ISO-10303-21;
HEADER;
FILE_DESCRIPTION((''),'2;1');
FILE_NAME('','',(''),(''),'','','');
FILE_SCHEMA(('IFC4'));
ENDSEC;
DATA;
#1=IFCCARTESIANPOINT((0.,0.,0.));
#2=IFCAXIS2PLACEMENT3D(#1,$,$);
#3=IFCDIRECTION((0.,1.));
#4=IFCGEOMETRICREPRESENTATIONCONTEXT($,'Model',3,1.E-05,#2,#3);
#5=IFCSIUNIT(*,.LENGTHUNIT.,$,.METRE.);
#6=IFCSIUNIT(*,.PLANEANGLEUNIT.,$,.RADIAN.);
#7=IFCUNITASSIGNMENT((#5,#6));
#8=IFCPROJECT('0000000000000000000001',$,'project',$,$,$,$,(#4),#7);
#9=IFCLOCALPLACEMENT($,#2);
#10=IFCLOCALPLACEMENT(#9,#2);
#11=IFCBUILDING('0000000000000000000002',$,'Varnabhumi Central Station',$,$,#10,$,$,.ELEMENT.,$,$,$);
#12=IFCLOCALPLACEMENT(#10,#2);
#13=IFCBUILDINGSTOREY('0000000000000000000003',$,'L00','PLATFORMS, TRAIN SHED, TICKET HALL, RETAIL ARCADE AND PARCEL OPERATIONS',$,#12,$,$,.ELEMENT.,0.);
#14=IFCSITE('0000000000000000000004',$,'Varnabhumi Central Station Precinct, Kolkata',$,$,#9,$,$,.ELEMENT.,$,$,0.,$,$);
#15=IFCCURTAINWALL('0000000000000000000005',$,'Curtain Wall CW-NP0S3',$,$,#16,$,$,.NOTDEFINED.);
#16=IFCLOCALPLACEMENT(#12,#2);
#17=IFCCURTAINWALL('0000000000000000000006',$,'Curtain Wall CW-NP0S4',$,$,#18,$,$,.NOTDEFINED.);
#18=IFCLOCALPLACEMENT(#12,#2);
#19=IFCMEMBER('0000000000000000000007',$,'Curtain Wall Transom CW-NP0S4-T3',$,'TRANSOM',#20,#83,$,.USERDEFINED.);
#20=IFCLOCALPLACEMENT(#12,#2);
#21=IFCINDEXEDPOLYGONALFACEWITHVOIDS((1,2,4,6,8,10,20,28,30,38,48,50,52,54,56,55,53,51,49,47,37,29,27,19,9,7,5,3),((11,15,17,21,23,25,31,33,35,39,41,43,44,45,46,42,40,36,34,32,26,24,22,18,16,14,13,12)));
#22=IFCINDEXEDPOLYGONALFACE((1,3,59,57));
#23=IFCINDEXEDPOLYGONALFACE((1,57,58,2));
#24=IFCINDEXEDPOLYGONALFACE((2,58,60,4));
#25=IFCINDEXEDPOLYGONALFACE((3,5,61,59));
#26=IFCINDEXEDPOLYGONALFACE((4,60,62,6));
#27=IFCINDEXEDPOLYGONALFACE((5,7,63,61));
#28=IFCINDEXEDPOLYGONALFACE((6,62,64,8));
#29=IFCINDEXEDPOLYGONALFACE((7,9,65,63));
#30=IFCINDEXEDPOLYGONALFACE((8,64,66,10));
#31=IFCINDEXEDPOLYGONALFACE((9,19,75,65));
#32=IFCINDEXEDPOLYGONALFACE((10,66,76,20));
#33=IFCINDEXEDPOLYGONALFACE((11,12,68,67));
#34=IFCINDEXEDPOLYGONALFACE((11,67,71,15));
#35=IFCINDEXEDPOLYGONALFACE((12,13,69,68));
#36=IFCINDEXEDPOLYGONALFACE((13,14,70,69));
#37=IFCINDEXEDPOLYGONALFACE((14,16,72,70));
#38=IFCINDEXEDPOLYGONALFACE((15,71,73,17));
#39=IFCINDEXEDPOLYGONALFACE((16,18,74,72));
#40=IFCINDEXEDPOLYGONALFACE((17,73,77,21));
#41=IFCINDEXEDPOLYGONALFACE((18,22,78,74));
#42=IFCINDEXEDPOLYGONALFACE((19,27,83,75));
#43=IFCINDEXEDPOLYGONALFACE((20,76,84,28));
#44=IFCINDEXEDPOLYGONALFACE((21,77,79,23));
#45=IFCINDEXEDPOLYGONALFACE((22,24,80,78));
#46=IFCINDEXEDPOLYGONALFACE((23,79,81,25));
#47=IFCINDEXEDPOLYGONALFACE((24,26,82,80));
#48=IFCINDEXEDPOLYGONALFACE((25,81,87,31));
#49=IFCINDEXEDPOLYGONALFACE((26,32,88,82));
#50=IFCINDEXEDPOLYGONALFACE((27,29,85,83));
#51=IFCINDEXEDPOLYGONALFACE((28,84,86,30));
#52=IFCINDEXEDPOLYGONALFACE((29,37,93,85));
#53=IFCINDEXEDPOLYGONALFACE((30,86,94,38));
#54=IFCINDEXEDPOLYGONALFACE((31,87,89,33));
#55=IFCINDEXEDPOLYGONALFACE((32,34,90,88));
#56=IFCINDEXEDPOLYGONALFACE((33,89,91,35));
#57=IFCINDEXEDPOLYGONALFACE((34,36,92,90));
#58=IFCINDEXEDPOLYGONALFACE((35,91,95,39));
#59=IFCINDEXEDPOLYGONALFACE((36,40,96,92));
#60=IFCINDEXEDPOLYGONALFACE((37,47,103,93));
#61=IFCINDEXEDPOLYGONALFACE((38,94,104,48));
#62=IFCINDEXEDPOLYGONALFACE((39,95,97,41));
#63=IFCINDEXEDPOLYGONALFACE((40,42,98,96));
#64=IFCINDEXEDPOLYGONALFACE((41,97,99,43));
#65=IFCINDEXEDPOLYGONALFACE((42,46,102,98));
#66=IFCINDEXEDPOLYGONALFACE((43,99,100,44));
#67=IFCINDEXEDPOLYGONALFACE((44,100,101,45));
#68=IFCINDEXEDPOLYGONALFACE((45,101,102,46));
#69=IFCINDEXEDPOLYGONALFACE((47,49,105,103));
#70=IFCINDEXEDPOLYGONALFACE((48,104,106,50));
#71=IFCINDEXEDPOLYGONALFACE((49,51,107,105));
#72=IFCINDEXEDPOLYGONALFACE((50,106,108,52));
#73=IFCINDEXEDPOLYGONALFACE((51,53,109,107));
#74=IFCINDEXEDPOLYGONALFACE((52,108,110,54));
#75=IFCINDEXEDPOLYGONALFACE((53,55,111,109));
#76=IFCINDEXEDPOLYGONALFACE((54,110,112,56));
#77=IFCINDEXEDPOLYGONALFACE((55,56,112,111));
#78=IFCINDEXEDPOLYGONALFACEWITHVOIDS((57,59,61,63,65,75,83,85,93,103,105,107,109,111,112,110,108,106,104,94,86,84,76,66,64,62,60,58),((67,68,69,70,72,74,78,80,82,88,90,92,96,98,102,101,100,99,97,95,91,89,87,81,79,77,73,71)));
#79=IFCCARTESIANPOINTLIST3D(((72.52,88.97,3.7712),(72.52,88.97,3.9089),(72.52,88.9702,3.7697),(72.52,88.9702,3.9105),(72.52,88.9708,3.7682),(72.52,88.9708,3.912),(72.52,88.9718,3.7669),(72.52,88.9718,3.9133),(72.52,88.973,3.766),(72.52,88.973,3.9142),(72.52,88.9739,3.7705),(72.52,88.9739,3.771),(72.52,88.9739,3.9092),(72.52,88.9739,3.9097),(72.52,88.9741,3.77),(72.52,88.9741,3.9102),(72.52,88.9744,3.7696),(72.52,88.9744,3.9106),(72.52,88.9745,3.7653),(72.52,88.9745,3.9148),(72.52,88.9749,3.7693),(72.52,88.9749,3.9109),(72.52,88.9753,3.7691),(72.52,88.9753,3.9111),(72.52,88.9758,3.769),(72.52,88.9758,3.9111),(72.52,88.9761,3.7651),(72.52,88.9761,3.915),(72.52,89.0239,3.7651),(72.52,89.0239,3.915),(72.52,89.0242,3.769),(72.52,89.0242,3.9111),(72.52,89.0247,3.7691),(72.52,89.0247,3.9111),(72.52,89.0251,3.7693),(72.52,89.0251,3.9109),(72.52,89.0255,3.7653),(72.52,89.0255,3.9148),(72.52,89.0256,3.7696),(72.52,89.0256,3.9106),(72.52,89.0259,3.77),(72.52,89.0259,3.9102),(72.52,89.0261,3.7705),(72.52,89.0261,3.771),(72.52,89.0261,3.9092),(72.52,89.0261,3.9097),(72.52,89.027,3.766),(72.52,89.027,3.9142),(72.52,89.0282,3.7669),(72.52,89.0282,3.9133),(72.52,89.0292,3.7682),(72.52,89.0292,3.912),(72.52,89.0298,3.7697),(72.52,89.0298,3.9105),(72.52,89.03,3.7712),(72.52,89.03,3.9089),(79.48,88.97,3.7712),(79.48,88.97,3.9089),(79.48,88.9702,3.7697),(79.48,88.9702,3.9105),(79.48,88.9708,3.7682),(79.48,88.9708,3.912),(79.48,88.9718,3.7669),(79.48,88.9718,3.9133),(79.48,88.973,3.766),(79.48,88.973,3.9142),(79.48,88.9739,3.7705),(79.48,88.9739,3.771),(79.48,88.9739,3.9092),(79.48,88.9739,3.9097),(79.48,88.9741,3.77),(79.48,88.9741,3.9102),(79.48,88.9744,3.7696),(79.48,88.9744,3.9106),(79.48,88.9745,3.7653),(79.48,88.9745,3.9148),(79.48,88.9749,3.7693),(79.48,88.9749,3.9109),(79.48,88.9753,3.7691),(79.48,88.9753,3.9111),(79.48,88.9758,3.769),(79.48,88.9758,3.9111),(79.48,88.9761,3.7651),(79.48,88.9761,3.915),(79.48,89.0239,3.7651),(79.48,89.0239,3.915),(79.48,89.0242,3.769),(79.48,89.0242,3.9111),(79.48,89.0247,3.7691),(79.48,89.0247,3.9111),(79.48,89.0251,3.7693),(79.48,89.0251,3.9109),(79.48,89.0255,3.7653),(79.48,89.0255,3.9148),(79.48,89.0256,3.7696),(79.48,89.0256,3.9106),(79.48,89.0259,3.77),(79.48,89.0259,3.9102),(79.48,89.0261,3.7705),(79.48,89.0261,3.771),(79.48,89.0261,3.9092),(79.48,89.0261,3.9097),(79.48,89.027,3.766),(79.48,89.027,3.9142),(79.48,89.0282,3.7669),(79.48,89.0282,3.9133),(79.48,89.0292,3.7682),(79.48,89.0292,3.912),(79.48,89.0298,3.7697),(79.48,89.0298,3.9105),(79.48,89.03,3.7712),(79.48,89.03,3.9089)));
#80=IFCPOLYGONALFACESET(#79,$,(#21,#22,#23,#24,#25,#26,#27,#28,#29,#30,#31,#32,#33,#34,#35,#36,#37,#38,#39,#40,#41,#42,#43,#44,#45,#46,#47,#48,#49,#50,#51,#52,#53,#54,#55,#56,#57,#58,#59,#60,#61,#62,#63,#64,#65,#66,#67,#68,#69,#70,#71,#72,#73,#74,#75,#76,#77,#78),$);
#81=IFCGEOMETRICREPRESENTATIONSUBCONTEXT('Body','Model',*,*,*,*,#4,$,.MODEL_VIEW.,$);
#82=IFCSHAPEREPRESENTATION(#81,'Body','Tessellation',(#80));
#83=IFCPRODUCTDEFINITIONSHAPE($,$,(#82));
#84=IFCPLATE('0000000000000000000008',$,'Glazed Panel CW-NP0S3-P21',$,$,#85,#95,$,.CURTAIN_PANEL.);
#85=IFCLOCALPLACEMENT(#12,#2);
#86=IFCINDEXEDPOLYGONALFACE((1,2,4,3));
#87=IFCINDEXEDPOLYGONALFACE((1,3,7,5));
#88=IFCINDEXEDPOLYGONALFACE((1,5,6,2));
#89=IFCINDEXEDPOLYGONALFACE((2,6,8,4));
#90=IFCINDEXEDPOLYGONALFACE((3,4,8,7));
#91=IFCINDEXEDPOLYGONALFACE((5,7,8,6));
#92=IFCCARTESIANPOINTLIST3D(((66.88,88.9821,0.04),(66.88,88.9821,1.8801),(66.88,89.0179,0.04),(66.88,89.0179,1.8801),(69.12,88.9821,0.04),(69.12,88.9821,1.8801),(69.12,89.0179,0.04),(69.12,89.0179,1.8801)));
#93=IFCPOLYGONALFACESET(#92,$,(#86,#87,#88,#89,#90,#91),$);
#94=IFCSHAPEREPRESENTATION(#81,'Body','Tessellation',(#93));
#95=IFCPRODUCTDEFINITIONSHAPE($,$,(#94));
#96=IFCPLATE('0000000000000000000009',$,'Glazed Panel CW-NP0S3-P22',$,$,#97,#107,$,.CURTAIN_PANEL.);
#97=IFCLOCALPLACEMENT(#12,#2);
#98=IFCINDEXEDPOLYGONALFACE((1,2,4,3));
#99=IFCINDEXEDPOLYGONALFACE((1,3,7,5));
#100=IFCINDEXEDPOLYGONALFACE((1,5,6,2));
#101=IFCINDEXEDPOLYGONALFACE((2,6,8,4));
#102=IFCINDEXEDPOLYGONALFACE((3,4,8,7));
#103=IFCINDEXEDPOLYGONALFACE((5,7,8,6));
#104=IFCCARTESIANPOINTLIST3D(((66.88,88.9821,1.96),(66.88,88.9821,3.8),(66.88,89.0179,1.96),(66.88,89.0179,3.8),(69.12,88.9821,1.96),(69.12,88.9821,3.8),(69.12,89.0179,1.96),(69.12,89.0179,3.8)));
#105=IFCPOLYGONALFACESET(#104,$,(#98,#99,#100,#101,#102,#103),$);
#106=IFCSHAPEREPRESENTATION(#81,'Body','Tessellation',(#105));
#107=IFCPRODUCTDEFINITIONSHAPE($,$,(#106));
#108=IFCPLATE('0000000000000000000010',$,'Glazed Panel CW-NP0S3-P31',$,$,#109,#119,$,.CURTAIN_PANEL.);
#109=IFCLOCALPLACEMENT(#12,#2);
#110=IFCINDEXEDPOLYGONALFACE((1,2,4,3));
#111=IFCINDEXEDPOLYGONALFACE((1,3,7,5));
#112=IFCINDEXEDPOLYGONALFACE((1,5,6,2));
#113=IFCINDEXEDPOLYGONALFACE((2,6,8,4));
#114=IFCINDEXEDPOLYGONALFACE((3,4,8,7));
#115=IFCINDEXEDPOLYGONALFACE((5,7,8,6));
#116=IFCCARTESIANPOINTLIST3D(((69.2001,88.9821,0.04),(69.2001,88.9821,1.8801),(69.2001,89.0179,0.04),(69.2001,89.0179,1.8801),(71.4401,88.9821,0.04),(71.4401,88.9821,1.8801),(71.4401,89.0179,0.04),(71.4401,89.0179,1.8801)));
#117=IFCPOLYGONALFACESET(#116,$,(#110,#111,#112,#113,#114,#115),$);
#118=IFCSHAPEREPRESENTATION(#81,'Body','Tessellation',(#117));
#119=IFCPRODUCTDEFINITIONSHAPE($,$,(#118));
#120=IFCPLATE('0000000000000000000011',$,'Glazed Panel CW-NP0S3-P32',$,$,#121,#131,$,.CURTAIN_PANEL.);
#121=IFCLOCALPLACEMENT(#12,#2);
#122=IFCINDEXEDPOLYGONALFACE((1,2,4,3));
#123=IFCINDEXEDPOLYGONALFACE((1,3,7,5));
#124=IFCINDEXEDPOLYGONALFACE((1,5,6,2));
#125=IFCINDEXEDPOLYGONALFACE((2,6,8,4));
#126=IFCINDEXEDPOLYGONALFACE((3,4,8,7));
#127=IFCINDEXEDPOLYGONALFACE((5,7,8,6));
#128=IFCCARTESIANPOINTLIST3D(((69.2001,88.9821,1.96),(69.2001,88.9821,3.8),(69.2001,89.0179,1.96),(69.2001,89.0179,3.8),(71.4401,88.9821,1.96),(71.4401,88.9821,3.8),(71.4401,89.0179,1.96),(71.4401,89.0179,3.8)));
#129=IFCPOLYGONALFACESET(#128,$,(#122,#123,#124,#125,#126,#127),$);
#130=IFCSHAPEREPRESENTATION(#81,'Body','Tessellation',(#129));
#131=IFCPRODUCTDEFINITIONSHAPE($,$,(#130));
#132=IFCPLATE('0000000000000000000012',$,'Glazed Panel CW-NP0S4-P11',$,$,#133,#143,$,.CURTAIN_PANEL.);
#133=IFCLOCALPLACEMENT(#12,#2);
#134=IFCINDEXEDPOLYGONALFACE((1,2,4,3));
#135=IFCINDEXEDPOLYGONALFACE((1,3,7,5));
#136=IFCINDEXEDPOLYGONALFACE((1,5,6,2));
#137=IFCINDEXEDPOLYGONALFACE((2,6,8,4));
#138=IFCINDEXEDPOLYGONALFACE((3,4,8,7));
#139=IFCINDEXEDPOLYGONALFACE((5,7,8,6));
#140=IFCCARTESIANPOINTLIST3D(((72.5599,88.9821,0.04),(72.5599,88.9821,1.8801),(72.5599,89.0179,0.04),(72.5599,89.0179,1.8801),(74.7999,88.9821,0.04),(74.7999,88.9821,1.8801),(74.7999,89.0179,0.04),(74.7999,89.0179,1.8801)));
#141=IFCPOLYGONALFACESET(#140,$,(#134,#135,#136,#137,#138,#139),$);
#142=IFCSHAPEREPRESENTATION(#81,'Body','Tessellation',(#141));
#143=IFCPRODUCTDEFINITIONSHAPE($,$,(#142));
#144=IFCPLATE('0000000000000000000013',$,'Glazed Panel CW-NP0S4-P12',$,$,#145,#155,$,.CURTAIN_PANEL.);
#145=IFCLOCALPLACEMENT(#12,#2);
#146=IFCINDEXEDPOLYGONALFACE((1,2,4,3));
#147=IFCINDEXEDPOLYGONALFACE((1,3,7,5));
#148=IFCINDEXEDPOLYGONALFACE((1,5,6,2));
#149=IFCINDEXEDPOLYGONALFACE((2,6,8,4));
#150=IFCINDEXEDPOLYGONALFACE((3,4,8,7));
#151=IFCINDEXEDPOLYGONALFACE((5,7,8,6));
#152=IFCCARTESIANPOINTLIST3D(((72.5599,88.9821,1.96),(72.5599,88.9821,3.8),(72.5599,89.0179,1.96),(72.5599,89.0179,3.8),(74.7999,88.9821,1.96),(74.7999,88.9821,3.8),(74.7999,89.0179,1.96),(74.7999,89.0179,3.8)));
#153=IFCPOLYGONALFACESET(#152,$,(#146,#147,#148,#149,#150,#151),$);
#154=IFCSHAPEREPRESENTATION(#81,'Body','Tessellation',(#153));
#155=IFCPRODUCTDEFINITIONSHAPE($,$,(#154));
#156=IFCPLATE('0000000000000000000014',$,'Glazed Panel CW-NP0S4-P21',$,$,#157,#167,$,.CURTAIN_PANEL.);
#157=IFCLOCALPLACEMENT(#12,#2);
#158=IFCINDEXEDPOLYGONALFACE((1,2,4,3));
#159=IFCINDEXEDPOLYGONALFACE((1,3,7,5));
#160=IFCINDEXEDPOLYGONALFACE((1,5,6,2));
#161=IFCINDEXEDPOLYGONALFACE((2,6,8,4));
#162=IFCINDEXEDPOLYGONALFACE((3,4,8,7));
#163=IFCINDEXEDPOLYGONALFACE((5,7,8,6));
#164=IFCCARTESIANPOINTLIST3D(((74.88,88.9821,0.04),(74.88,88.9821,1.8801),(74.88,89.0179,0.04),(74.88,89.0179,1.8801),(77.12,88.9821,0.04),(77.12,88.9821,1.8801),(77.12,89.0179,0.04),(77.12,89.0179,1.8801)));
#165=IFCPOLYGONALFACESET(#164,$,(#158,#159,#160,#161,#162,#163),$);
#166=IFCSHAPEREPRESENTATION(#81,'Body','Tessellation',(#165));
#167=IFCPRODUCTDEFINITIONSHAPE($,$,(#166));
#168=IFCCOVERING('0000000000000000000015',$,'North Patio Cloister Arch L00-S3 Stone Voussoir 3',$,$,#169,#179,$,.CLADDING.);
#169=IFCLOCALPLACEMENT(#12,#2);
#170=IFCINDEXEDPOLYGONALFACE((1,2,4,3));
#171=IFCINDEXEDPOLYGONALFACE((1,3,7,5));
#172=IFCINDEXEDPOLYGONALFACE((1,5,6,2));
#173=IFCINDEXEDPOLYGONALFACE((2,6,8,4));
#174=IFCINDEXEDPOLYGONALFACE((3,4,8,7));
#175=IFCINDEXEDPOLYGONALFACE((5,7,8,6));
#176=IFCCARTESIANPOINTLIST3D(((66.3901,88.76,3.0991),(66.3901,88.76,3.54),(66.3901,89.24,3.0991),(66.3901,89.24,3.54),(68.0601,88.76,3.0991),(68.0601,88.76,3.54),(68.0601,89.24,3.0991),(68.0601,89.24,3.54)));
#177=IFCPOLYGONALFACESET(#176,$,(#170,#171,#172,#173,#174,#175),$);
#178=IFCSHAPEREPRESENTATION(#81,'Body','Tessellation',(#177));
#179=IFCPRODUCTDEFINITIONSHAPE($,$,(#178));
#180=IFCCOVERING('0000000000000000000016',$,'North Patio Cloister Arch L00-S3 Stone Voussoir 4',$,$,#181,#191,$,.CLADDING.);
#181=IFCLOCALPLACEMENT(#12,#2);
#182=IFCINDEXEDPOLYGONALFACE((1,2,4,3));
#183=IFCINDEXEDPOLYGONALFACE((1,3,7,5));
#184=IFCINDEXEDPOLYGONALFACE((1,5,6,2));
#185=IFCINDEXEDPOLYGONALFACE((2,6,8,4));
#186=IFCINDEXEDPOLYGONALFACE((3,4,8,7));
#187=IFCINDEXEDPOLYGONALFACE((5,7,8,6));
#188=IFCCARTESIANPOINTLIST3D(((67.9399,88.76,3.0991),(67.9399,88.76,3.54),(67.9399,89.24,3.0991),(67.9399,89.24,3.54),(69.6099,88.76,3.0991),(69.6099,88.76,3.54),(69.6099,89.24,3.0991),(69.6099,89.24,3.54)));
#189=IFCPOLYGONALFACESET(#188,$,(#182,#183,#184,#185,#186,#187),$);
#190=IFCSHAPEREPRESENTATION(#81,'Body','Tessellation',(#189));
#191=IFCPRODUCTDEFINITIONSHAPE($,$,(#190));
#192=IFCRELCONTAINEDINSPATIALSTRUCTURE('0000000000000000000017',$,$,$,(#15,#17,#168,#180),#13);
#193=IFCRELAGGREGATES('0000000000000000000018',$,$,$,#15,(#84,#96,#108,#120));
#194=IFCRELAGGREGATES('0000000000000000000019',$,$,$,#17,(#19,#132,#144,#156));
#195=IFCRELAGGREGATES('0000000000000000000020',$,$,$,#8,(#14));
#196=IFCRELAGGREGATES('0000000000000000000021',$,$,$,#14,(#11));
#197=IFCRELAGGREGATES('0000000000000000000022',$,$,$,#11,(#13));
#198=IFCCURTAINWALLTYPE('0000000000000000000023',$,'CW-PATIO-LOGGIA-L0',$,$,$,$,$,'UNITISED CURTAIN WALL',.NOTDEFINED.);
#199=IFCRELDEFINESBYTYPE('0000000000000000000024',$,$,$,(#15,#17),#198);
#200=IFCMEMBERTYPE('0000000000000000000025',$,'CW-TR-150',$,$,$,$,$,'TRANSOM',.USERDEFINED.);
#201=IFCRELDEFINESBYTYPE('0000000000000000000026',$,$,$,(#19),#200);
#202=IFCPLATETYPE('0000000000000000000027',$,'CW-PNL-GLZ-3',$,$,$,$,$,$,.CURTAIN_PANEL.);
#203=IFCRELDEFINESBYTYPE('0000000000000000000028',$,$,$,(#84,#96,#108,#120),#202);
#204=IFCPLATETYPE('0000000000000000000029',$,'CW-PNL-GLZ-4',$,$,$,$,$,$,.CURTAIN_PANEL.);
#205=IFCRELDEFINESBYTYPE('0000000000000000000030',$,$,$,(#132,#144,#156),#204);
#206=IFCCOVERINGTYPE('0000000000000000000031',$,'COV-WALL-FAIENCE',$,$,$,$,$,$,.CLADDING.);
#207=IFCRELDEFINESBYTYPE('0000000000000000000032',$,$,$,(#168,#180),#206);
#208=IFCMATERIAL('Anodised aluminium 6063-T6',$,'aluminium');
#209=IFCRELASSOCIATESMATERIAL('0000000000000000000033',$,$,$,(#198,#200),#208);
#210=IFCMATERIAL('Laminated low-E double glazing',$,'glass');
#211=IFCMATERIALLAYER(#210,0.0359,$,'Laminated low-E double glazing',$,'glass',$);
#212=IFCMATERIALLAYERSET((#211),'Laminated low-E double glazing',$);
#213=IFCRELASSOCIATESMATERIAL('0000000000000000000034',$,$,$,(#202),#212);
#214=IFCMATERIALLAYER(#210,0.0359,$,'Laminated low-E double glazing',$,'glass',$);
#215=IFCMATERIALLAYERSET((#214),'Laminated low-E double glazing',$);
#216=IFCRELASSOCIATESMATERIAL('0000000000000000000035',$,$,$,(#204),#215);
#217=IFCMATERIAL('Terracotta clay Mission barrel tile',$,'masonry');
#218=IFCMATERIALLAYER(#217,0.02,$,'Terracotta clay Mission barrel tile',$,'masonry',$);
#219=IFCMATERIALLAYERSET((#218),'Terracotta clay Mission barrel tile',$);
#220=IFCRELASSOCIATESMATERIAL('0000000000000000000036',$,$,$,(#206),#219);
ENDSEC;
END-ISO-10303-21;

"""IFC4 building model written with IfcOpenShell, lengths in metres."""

from ifc_helpers import new_model, si_unit, direction, frame, origin, origin_2d, place, context, subcontext, project, spatial, rectangle, hollow_rectangle, extrude, material, layer, layer_set, material_profile, profile_set, type_object, element, aggregate, save


model = new_model("IFC4")

# Units and contexts
model_context = context("Model", 3, precision=1e-05, world=origin(), true_north=direction((0.0, 1.0)))
body_context = subcontext(model_context, "Body", "Model", "MODEL_VIEW")
ifc_project = project(units=[si_unit("LENGTHUNIT", "METRE"), si_unit("PLANEANGLEUNIT", "RADIAN")], contexts=[model_context])

# Site, building, storey
site_placement = place(None, origin())
site = spatial("IfcSite", under=ifc_project, at=site_placement, Name="Varnabhumi Central Station Precinct, Kolkata", CompositionType="ELEMENT", RefElevation=0.0)
building_placement = place(site_placement, origin())
building = spatial("IfcBuilding", under=site, at=building_placement, Name="Varnabhumi Central Station", CompositionType="ELEMENT")
storey_placement = place(building_placement, origin())
storey = spatial("IfcBuildingStorey", under=building, at=storey_placement, Name="L00", Description="PLATFORMS, TRAIN SHED, TICKET HALL, RETAIL ARCADE AND PARCEL OPERATIONS", CompositionType="ELEMENT", Elevation=0.0)

# Curtain walls, member
ifc_material_1 = material(Name="Anodised aluminium 6063-T6", Category="aluminium")
curtain_wall_type = type_object("IfcCurtainWallType", Name="CW-PATIO-LOGGIA-L0", ElementType="UNITISED CURTAIN WALL", PredefinedType="NOTDEFINED", material=ifc_material_1)
curtain_wall_1_placement = place(storey_placement, origin())
curtain_wall_1 = element("IfcCurtainWall", 1, at=curtain_wall_1_placement, inside=storey, type_object=curtain_wall_type, Name="Curtain Wall CW-NP0S3", PredefinedType="NOTDEFINED")
curtain_wall_2_placement = place(storey_placement, origin())
curtain_wall_2 = element("IfcCurtainWall", 2, at=curtain_wall_2_placement, inside=storey, type_object=curtain_wall_type, Name="Curtain Wall CW-NP0S4", PredefinedType="NOTDEFINED")
ifc_material_profile_1 = material_profile(ifc_material_1, hollow_rectangle(XDim=0.0601, YDim=0.1499, WallThickness=0.0039, InnerFilletRadius=0.002, OuterFilletRadius=0.0061, at=origin_2d()), Name="Anodised aluminium 6063-T6", Category="aluminium")
ifc_profile_set_1 = profile_set([ifc_material_profile_1], Name="Anodised aluminium 6063-T6")
member_type_1 = type_object("IfcMemberType", Name="CW-TR-150", ElementType="TRANSOM", PredefinedType="USERDEFINED", material=ifc_profile_set_1)
member_1_placement = place(storey_placement, frame((72.52, 89.0, 3.8401), z_axis=(1.0, 0.0, 0.0), x_axis=(0.0, 1.0, 0.0)))
member_1 = element("IfcMember", 3, at=member_1_placement, type_object=member_type_1, Name="Curtain Wall Transom CW-NP0S4-T3", ObjectType="TRANSOM", PredefinedType="USERDEFINED", context=body_context, shape_type="SweptSolid", body=[
    extrude(hollow_rectangle(XDim=0.0601, YDim=0.1499, WallThickness=0.0039, InnerFilletRadius=0.002, OuterFilletRadius=0.0061, at=origin_2d()), origin(), (0.0, 0.0, 1.0), 6.96),
])

# Plates
ifc_material_2 = material(Name="Laminated low-E double glazing", Category="glass")
ifc_layer_1 = layer(ifc_material_2, 0.0359, Name="Laminated low-E double glazing", Category="glass")
ifc_layer_set_1 = layer_set([ifc_layer_1], Name="Laminated low-E double glazing")
plate_type_1 = type_object("IfcPlateType", Name="CW-PNL-GLZ-3", PredefinedType="CURTAIN_PANEL", material=ifc_layer_set_1)
plate_1_placement = place(storey_placement, frame((68.0, 89.0, 0.04), z_axis=(0.0, 0.0, 1.0), x_axis=(1.0, 0.0, 0.0)))
plate_1 = element("IfcPlate", 4, at=plate_1_placement, type_object=plate_type_1, Name="Glazed Panel CW-NP0S3-P21", PredefinedType="CURTAIN_PANEL", context=body_context, shape_type="SweptSolid", body=[
    extrude(rectangle(XDim=2.24, YDim=0.0359, at=origin_2d()), origin(), (0.0, 0.0, 1.0), 1.8401),
])
plate_2_placement = place(storey_placement, frame((68.0, 89.0, 1.96), z_axis=(0.0, 0.0, 1.0), x_axis=(1.0, 0.0, 0.0)))
plate_2 = element("IfcPlate", 5, at=plate_2_placement, type_object=plate_type_1, Name="Glazed Panel CW-NP0S3-P22", PredefinedType="CURTAIN_PANEL", context=body_context, shape_type="SweptSolid", body=[
    extrude(rectangle(XDim=2.24, YDim=0.0359, at=origin_2d()), origin(), (0.0, 0.0, 1.0), 1.8401),
])
plate_3_placement = place(storey_placement, frame((70.3201, 89.0, 0.04), z_axis=(0.0, 0.0, 1.0), x_axis=(1.0, 0.0, 0.0)))
plate_3 = element("IfcPlate", 6, at=plate_3_placement, type_object=plate_type_1, Name="Glazed Panel CW-NP0S3-P31", PredefinedType="CURTAIN_PANEL", context=body_context, shape_type="SweptSolid", body=[
    extrude(rectangle(XDim=2.24, YDim=0.0359, at=origin_2d()), origin(), (0.0, 0.0, 1.0), 1.8401),
])
plate_4_placement = place(storey_placement, frame((70.3201, 89.0, 1.96), z_axis=(0.0, 0.0, 1.0), x_axis=(1.0, 0.0, 0.0)))
plate_4 = element("IfcPlate", 7, at=plate_4_placement, type_object=plate_type_1, Name="Glazed Panel CW-NP0S3-P32", PredefinedType="CURTAIN_PANEL", context=body_context, shape_type="SweptSolid", body=[
    extrude(rectangle(XDim=2.24, YDim=0.0359, at=origin_2d()), origin(), (0.0, 0.0, 1.0), 1.8401),
])
aggregate(curtain_wall_1, [plate_1, plate_2, plate_3, plate_4])
ifc_layer_2 = layer(ifc_material_2, 0.0359, Name="Laminated low-E double glazing", Category="glass")
ifc_layer_set_2 = layer_set([ifc_layer_2], Name="Laminated low-E double glazing")
plate_type_2 = type_object("IfcPlateType", Name="CW-PNL-GLZ-4", PredefinedType="CURTAIN_PANEL", material=ifc_layer_set_2)
plate_5_placement = place(storey_placement, frame((73.6799, 89.0, 0.04), z_axis=(0.0, 0.0, 1.0), x_axis=(1.0, 0.0, 0.0)))
plate_5 = element("IfcPlate", 8, at=plate_5_placement, type_object=plate_type_2, Name="Glazed Panel CW-NP0S4-P11", PredefinedType="CURTAIN_PANEL", context=body_context, shape_type="SweptSolid", body=[
    extrude(rectangle(XDim=2.24, YDim=0.0359, at=origin_2d()), origin(), (0.0, 0.0, 1.0), 1.8401),
])
plate_6_placement = place(storey_placement, frame((73.6799, 89.0, 1.96), z_axis=(0.0, 0.0, 1.0), x_axis=(1.0, 0.0, 0.0)))
plate_6 = element("IfcPlate", 9, at=plate_6_placement, type_object=plate_type_2, Name="Glazed Panel CW-NP0S4-P12", PredefinedType="CURTAIN_PANEL", context=body_context, shape_type="SweptSolid", body=[
    extrude(rectangle(XDim=2.24, YDim=0.0359, at=origin_2d()), origin(), (0.0, 0.0, 1.0), 1.8401),
])
plate_7_placement = place(storey_placement, frame((76.0, 89.0, 0.04), z_axis=(0.0, 0.0, 1.0), x_axis=(1.0, 0.0, 0.0)))
plate_7 = element("IfcPlate", 10, at=plate_7_placement, type_object=plate_type_2, Name="Glazed Panel CW-NP0S4-P21", PredefinedType="CURTAIN_PANEL", context=body_context, shape_type="SweptSolid", body=[
    extrude(rectangle(XDim=2.24, YDim=0.0359, at=origin_2d()), origin(), (0.0, 0.0, 1.0), 1.8401),
])
aggregate(curtain_wall_2, [member_1, plate_5, plate_6, plate_7])

# Coverings
ifc_material_3 = material(Name="Terracotta clay Mission barrel tile", Category="masonry")
ifc_layer_3 = layer(ifc_material_3, 0.02, Name="Terracotta clay Mission barrel tile", Category="masonry")
ifc_layer_set_3 = layer_set([ifc_layer_3], Name="Terracotta clay Mission barrel tile")
covering_type = type_object("IfcCoveringType", Name="COV-WALL-FAIENCE", PredefinedType="CLADDING", material=ifc_layer_set_3)
for number, where, z_axis, x_axis, name in (
    (11, (67.2251, 89.0, 3.0991), (0.0, 0.0, 1.0), (1.0, 0.0, 0.0), "North Patio Cloister Arch L00-S3 Stone Voussoir 3"),
    (12, (68.7749, 89.0, 3.0991), (0.0, 0.0, 1.0), (1.0, 0.0, 0.0), "North Patio Cloister Arch L00-S3 Stone Voussoir 4"),
):
    element("IfcCovering", number, at=place(storey_placement, frame(where, z_axis=z_axis, x_axis=x_axis)), inside=storey, type_object=covering_type, Name=name, PredefinedType="CLADDING", context=body_context, shape_type="SweptSolid", body=[
        extrude(rectangle(XDim=1.6699, YDim=0.48, at=origin_2d()), origin(), (0.0, 0.0, 1.0), 0.4409),
    ])

save(model, "model.ifc")
